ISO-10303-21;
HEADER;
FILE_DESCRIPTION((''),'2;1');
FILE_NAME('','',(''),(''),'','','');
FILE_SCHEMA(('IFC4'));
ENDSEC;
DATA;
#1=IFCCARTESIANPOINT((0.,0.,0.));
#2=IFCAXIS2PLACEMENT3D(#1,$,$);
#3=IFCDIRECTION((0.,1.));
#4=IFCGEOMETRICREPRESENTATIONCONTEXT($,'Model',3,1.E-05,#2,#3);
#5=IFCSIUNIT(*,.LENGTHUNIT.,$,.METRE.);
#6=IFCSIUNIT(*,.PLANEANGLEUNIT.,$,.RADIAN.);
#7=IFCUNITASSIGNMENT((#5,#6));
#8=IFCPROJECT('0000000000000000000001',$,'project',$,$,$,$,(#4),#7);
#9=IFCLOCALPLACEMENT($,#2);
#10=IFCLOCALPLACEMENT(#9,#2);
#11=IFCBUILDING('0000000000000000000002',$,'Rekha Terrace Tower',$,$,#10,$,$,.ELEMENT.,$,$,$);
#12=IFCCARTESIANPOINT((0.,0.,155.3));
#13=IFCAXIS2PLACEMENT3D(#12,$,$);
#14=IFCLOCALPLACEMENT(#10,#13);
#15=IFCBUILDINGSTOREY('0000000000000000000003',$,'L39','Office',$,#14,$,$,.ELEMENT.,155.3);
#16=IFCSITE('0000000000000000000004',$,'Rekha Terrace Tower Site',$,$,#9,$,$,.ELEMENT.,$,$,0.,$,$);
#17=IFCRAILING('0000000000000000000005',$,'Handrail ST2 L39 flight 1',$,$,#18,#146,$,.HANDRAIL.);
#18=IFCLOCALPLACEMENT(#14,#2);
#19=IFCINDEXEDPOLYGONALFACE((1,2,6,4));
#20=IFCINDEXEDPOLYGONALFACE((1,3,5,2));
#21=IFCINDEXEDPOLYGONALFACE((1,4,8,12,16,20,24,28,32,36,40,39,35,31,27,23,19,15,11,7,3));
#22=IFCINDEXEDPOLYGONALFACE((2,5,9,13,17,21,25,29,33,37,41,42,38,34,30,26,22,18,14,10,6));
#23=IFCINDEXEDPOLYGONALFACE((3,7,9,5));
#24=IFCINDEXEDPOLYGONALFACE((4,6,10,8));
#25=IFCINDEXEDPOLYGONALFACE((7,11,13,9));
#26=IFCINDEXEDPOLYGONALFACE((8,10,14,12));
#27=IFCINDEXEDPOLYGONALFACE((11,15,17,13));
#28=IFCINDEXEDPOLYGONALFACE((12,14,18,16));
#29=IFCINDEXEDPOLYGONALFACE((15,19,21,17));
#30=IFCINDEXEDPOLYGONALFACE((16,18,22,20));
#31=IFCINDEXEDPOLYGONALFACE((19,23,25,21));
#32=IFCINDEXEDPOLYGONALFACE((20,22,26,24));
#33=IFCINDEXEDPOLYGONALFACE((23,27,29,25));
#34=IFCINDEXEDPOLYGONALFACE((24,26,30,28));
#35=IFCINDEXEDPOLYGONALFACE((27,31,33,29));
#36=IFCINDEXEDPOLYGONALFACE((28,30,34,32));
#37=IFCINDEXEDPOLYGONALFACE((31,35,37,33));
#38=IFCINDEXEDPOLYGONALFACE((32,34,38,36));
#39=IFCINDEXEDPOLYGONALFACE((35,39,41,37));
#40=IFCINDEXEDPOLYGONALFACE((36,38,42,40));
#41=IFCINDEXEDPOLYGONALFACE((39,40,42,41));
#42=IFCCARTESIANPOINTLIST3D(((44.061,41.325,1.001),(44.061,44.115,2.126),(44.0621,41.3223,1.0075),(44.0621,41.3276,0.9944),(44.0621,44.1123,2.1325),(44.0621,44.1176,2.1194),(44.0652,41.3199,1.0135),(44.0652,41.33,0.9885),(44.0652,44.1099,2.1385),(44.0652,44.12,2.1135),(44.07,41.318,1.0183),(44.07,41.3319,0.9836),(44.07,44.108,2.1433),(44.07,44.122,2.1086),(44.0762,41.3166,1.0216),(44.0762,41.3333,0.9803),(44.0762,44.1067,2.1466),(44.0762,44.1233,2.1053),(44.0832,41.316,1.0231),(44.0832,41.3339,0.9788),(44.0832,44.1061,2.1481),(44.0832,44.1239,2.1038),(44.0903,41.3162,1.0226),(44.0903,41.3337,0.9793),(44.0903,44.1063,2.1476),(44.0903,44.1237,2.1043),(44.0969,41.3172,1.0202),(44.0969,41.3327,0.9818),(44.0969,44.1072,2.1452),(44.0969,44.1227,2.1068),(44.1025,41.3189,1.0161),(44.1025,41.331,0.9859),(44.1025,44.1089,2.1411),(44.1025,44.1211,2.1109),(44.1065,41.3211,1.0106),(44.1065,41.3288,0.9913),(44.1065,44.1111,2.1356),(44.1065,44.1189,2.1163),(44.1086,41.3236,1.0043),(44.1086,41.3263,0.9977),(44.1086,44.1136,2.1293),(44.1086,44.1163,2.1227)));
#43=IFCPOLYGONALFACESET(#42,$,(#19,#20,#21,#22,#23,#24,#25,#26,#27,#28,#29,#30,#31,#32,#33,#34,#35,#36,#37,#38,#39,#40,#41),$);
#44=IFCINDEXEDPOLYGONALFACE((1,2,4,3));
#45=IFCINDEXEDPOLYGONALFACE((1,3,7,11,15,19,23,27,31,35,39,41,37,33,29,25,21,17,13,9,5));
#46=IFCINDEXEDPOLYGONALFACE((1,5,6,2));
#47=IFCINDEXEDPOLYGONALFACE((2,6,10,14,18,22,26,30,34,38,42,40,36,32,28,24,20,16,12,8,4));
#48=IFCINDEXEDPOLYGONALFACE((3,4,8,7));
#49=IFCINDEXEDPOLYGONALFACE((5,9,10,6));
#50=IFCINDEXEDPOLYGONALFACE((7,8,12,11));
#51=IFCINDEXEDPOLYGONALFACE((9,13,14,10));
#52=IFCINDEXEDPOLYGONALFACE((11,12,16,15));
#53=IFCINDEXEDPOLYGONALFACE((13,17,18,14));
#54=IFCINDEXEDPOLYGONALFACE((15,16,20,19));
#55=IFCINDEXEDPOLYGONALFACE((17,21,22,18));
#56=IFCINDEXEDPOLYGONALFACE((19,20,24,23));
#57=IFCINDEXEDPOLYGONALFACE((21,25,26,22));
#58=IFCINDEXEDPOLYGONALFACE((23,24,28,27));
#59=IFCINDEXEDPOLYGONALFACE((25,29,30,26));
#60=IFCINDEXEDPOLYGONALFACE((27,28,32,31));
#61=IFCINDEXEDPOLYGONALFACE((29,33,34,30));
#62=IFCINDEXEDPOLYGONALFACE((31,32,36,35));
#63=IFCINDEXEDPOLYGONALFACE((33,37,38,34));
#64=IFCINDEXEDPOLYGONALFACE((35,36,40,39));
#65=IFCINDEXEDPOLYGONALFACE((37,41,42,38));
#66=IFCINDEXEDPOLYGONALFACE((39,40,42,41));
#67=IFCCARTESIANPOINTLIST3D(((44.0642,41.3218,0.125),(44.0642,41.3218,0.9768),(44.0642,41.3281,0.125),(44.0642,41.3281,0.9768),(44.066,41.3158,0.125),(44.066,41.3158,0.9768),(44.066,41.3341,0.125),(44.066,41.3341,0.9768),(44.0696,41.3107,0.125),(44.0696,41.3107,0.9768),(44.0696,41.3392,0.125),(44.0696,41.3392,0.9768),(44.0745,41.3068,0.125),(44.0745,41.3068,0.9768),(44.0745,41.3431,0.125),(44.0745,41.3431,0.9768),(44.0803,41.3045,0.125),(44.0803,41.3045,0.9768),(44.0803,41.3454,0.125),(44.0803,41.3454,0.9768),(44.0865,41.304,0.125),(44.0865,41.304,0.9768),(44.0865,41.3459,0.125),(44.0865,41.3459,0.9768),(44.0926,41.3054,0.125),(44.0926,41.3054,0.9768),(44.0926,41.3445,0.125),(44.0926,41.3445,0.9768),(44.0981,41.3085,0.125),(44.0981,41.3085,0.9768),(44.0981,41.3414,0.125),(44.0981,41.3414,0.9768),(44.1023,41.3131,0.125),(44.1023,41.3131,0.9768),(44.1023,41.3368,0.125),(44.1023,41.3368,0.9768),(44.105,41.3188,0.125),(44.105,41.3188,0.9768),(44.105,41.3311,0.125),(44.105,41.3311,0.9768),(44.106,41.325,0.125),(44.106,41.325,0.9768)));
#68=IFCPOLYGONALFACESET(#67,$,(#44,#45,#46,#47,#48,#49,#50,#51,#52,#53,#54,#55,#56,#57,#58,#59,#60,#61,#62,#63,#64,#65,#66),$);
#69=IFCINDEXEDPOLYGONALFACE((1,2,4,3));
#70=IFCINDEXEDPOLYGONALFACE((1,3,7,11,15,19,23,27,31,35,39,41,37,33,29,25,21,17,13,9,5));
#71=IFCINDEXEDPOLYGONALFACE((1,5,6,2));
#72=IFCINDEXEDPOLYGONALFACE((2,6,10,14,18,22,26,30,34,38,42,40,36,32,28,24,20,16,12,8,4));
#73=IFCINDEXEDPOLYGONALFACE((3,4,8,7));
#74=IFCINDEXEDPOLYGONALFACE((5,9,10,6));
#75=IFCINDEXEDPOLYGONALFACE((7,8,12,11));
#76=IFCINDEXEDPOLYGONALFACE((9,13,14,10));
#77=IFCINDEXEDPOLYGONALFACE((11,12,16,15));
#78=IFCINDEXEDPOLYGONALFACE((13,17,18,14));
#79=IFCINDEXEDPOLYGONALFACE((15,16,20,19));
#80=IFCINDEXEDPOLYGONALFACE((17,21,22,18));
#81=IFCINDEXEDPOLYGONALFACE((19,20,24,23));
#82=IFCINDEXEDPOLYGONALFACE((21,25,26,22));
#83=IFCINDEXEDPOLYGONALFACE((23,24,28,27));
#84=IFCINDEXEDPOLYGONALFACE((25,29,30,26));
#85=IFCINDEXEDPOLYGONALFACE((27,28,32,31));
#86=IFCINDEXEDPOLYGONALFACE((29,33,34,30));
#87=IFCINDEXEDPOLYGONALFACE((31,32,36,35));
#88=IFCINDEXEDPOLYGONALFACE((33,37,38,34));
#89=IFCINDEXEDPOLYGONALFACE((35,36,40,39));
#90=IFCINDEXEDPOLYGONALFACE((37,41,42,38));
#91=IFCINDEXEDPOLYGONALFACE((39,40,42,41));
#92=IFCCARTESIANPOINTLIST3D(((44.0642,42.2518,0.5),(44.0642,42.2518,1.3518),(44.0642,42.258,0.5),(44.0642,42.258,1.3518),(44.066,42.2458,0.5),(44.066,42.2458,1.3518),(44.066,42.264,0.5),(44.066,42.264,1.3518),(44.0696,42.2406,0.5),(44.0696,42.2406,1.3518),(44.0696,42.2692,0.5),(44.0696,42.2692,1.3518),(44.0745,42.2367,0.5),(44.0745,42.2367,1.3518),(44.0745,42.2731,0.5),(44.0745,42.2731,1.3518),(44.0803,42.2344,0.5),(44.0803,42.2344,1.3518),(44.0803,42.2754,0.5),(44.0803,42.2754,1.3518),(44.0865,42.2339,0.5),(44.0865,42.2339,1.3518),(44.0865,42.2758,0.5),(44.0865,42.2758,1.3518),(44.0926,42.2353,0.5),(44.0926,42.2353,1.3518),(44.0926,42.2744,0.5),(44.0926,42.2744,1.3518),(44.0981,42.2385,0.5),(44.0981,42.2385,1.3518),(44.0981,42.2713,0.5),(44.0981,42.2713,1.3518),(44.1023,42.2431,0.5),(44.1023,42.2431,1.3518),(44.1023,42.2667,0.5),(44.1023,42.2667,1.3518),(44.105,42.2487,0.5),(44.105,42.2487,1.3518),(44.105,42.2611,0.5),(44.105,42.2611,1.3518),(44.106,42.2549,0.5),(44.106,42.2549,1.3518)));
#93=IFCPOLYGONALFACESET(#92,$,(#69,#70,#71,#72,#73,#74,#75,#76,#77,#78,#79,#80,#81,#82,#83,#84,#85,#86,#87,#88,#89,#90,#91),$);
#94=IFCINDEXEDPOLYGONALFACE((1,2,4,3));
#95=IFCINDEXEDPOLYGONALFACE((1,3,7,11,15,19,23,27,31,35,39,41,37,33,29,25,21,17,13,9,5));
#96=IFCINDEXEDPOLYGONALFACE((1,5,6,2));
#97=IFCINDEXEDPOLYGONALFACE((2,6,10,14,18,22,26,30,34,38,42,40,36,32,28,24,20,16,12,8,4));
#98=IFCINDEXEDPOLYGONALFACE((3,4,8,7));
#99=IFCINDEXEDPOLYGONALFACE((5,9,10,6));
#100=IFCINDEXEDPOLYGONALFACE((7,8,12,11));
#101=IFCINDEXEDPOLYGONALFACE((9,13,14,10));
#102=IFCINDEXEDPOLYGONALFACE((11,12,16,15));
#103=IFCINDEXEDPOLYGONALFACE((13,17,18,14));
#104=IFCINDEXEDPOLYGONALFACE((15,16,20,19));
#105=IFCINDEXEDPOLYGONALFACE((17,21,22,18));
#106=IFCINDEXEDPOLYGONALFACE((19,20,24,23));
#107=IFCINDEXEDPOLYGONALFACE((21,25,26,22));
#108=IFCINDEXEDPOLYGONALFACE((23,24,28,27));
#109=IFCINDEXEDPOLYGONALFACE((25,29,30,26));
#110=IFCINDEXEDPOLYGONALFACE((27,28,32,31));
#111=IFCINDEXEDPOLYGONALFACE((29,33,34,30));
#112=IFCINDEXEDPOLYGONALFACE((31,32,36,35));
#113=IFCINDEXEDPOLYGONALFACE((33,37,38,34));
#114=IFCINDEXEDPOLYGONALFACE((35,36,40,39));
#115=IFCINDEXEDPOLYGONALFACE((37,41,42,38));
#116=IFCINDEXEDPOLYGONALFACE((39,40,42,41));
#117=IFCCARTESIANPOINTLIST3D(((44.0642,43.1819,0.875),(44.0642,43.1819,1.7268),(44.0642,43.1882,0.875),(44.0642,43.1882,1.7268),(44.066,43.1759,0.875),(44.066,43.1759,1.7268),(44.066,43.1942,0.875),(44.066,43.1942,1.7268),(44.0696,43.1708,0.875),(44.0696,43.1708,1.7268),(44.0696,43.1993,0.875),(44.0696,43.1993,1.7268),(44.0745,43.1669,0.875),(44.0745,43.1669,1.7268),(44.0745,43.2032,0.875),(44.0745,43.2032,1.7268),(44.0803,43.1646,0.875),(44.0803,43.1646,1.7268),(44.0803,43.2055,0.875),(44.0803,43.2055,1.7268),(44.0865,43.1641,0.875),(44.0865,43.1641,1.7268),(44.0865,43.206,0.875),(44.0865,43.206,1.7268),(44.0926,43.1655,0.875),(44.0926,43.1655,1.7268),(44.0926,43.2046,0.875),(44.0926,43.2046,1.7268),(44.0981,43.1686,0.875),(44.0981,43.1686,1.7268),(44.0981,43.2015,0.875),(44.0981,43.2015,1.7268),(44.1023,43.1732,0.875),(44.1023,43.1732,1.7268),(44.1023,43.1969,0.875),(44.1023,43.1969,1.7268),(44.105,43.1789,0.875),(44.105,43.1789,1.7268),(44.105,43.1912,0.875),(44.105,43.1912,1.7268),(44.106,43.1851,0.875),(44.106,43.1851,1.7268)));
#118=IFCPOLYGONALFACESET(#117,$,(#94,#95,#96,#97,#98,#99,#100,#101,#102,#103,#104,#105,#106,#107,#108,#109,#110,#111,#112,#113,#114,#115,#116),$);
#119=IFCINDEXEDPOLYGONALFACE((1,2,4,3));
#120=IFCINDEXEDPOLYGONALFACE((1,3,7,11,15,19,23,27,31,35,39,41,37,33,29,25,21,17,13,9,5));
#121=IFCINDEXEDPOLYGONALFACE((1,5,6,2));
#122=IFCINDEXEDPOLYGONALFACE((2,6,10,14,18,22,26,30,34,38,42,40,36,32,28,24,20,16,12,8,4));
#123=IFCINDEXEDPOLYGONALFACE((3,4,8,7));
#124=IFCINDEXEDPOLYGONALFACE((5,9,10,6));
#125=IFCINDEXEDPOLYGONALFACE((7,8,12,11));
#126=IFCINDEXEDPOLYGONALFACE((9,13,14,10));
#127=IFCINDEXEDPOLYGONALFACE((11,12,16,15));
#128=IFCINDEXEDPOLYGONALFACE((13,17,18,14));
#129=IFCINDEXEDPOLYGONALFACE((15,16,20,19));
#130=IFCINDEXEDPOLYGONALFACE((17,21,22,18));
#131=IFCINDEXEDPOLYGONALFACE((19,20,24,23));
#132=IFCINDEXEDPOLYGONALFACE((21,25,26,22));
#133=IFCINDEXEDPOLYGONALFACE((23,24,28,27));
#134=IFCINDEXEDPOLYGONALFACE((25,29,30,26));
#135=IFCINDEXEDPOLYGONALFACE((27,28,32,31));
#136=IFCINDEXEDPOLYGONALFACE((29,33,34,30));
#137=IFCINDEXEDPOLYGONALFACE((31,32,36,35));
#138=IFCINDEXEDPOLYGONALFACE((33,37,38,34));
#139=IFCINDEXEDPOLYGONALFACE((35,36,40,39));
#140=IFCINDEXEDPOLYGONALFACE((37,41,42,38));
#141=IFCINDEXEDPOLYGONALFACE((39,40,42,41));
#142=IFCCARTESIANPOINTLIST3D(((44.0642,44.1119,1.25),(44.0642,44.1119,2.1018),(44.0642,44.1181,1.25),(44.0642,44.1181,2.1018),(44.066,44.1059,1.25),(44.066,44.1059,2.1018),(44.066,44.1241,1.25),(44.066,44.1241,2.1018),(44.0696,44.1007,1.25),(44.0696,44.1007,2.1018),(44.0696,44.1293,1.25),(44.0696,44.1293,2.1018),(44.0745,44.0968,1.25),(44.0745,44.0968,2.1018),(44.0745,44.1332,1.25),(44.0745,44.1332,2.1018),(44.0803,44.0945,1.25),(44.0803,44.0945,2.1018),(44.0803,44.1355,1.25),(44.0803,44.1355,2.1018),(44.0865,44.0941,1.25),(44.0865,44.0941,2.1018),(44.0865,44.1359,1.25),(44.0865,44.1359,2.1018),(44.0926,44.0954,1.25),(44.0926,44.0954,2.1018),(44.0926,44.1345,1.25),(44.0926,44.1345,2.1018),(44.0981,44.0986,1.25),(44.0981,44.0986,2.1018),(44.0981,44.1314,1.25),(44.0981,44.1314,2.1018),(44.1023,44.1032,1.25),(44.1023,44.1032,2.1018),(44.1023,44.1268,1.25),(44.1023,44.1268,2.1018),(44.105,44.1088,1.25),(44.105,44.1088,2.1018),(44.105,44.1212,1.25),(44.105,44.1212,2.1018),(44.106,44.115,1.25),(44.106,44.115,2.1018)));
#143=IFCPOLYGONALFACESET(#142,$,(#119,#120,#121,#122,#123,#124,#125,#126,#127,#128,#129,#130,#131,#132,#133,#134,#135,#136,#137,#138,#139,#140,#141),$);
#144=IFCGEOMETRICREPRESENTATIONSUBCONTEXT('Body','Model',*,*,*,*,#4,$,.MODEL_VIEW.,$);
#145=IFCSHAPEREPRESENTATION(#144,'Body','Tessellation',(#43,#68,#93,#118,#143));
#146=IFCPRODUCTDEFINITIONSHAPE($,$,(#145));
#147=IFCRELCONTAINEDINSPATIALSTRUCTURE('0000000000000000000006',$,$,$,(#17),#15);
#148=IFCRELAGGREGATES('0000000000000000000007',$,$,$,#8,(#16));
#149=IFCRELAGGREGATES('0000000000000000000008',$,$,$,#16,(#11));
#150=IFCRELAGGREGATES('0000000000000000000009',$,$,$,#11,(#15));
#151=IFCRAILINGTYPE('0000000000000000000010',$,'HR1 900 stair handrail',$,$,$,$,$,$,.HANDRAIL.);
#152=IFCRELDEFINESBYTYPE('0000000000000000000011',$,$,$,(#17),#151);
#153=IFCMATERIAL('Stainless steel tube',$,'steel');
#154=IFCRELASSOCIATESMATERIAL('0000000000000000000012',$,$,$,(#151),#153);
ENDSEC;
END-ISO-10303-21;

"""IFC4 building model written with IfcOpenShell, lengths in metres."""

from ifc_helpers import new_model, si_unit, direction, frame, origin, origin_2d, place, context, subcontext, project, spatial, circle, extrude, material, type_object, element, save


model = new_model("IFC4")

# Units and contexts
model_context = context("Model", 3, precision=1e-05, world=origin(), true_north=direction((0.0, 1.0)))
body_context = subcontext(model_context, "Body", "Model", "MODEL_VIEW")
ifc_project = project(units=[si_unit("LENGTHUNIT", "METRE"), si_unit("PLANEANGLEUNIT", "RADIAN")], contexts=[model_context])

# Site, building, storey
site_placement = place(None, origin())
site = spatial("IfcSite", under=ifc_project, at=site_placement, Name="Rekha Terrace Tower Site", CompositionType="ELEMENT", RefElevation=0.0)
building_placement = place(site_placement, origin())
building = spatial("IfcBuilding", under=site, at=building_placement, Name="Rekha Terrace Tower", CompositionType="ELEMENT")
storey_placement = place(building_placement, frame((0.0, 0.0, 155.3)))
storey = spatial("IfcBuildingStorey", under=building, at=storey_placement, Name="L39", Description="Office", CompositionType="ELEMENT", Elevation=155.3)

# Railing
ifc_material_1 = material(Name="Stainless steel tube", Category="steel")
railing_type_1 = type_object("IfcRailingType", Name="HR1 900 stair handrail", PredefinedType="HANDRAIL", material=ifc_material_1)
railing_1_placement = place(storey_placement, frame((44.085, 41.325, 0.125)))
element("IfcRailing", 1, at=railing_1_placement, inside=storey, type_object=railing_type_1, Name="Handrail ST2 L39 flight 1", PredefinedType="HANDRAIL", context=body_context, shape_type="SweptSolid", body=[
    extrude(circle(Radius=0.0239, at=origin_2d()), frame((0.0, 0.0, 0.876), z_axis=(0.0, 0.927443, 0.373964), x_axis=(-1.0, 0.0, 0.0)), (0.0, 0.0, 1.0), 3.0083),
    extrude(circle(Radius=0.021, at=origin_2d()), origin(), (0.0, 0.0, 1.0), 0.8518),
    extrude(circle(Radius=0.021, at=origin_2d()), frame((0.0, 0.9299, 0.375)), (0.0, 0.0, 1.0), 0.8518),
    extrude(circle(Radius=0.021, at=origin_2d()), frame((0.0, 1.8601, 0.75)), (0.0, 0.0, 1.0), 0.8518),
    extrude(circle(Radius=0.021, at=origin_2d()), frame((0.0, 2.79, 1.125)), (0.0, 0.0, 1.0), 0.8518),
])

save(model, "model.ifc")
